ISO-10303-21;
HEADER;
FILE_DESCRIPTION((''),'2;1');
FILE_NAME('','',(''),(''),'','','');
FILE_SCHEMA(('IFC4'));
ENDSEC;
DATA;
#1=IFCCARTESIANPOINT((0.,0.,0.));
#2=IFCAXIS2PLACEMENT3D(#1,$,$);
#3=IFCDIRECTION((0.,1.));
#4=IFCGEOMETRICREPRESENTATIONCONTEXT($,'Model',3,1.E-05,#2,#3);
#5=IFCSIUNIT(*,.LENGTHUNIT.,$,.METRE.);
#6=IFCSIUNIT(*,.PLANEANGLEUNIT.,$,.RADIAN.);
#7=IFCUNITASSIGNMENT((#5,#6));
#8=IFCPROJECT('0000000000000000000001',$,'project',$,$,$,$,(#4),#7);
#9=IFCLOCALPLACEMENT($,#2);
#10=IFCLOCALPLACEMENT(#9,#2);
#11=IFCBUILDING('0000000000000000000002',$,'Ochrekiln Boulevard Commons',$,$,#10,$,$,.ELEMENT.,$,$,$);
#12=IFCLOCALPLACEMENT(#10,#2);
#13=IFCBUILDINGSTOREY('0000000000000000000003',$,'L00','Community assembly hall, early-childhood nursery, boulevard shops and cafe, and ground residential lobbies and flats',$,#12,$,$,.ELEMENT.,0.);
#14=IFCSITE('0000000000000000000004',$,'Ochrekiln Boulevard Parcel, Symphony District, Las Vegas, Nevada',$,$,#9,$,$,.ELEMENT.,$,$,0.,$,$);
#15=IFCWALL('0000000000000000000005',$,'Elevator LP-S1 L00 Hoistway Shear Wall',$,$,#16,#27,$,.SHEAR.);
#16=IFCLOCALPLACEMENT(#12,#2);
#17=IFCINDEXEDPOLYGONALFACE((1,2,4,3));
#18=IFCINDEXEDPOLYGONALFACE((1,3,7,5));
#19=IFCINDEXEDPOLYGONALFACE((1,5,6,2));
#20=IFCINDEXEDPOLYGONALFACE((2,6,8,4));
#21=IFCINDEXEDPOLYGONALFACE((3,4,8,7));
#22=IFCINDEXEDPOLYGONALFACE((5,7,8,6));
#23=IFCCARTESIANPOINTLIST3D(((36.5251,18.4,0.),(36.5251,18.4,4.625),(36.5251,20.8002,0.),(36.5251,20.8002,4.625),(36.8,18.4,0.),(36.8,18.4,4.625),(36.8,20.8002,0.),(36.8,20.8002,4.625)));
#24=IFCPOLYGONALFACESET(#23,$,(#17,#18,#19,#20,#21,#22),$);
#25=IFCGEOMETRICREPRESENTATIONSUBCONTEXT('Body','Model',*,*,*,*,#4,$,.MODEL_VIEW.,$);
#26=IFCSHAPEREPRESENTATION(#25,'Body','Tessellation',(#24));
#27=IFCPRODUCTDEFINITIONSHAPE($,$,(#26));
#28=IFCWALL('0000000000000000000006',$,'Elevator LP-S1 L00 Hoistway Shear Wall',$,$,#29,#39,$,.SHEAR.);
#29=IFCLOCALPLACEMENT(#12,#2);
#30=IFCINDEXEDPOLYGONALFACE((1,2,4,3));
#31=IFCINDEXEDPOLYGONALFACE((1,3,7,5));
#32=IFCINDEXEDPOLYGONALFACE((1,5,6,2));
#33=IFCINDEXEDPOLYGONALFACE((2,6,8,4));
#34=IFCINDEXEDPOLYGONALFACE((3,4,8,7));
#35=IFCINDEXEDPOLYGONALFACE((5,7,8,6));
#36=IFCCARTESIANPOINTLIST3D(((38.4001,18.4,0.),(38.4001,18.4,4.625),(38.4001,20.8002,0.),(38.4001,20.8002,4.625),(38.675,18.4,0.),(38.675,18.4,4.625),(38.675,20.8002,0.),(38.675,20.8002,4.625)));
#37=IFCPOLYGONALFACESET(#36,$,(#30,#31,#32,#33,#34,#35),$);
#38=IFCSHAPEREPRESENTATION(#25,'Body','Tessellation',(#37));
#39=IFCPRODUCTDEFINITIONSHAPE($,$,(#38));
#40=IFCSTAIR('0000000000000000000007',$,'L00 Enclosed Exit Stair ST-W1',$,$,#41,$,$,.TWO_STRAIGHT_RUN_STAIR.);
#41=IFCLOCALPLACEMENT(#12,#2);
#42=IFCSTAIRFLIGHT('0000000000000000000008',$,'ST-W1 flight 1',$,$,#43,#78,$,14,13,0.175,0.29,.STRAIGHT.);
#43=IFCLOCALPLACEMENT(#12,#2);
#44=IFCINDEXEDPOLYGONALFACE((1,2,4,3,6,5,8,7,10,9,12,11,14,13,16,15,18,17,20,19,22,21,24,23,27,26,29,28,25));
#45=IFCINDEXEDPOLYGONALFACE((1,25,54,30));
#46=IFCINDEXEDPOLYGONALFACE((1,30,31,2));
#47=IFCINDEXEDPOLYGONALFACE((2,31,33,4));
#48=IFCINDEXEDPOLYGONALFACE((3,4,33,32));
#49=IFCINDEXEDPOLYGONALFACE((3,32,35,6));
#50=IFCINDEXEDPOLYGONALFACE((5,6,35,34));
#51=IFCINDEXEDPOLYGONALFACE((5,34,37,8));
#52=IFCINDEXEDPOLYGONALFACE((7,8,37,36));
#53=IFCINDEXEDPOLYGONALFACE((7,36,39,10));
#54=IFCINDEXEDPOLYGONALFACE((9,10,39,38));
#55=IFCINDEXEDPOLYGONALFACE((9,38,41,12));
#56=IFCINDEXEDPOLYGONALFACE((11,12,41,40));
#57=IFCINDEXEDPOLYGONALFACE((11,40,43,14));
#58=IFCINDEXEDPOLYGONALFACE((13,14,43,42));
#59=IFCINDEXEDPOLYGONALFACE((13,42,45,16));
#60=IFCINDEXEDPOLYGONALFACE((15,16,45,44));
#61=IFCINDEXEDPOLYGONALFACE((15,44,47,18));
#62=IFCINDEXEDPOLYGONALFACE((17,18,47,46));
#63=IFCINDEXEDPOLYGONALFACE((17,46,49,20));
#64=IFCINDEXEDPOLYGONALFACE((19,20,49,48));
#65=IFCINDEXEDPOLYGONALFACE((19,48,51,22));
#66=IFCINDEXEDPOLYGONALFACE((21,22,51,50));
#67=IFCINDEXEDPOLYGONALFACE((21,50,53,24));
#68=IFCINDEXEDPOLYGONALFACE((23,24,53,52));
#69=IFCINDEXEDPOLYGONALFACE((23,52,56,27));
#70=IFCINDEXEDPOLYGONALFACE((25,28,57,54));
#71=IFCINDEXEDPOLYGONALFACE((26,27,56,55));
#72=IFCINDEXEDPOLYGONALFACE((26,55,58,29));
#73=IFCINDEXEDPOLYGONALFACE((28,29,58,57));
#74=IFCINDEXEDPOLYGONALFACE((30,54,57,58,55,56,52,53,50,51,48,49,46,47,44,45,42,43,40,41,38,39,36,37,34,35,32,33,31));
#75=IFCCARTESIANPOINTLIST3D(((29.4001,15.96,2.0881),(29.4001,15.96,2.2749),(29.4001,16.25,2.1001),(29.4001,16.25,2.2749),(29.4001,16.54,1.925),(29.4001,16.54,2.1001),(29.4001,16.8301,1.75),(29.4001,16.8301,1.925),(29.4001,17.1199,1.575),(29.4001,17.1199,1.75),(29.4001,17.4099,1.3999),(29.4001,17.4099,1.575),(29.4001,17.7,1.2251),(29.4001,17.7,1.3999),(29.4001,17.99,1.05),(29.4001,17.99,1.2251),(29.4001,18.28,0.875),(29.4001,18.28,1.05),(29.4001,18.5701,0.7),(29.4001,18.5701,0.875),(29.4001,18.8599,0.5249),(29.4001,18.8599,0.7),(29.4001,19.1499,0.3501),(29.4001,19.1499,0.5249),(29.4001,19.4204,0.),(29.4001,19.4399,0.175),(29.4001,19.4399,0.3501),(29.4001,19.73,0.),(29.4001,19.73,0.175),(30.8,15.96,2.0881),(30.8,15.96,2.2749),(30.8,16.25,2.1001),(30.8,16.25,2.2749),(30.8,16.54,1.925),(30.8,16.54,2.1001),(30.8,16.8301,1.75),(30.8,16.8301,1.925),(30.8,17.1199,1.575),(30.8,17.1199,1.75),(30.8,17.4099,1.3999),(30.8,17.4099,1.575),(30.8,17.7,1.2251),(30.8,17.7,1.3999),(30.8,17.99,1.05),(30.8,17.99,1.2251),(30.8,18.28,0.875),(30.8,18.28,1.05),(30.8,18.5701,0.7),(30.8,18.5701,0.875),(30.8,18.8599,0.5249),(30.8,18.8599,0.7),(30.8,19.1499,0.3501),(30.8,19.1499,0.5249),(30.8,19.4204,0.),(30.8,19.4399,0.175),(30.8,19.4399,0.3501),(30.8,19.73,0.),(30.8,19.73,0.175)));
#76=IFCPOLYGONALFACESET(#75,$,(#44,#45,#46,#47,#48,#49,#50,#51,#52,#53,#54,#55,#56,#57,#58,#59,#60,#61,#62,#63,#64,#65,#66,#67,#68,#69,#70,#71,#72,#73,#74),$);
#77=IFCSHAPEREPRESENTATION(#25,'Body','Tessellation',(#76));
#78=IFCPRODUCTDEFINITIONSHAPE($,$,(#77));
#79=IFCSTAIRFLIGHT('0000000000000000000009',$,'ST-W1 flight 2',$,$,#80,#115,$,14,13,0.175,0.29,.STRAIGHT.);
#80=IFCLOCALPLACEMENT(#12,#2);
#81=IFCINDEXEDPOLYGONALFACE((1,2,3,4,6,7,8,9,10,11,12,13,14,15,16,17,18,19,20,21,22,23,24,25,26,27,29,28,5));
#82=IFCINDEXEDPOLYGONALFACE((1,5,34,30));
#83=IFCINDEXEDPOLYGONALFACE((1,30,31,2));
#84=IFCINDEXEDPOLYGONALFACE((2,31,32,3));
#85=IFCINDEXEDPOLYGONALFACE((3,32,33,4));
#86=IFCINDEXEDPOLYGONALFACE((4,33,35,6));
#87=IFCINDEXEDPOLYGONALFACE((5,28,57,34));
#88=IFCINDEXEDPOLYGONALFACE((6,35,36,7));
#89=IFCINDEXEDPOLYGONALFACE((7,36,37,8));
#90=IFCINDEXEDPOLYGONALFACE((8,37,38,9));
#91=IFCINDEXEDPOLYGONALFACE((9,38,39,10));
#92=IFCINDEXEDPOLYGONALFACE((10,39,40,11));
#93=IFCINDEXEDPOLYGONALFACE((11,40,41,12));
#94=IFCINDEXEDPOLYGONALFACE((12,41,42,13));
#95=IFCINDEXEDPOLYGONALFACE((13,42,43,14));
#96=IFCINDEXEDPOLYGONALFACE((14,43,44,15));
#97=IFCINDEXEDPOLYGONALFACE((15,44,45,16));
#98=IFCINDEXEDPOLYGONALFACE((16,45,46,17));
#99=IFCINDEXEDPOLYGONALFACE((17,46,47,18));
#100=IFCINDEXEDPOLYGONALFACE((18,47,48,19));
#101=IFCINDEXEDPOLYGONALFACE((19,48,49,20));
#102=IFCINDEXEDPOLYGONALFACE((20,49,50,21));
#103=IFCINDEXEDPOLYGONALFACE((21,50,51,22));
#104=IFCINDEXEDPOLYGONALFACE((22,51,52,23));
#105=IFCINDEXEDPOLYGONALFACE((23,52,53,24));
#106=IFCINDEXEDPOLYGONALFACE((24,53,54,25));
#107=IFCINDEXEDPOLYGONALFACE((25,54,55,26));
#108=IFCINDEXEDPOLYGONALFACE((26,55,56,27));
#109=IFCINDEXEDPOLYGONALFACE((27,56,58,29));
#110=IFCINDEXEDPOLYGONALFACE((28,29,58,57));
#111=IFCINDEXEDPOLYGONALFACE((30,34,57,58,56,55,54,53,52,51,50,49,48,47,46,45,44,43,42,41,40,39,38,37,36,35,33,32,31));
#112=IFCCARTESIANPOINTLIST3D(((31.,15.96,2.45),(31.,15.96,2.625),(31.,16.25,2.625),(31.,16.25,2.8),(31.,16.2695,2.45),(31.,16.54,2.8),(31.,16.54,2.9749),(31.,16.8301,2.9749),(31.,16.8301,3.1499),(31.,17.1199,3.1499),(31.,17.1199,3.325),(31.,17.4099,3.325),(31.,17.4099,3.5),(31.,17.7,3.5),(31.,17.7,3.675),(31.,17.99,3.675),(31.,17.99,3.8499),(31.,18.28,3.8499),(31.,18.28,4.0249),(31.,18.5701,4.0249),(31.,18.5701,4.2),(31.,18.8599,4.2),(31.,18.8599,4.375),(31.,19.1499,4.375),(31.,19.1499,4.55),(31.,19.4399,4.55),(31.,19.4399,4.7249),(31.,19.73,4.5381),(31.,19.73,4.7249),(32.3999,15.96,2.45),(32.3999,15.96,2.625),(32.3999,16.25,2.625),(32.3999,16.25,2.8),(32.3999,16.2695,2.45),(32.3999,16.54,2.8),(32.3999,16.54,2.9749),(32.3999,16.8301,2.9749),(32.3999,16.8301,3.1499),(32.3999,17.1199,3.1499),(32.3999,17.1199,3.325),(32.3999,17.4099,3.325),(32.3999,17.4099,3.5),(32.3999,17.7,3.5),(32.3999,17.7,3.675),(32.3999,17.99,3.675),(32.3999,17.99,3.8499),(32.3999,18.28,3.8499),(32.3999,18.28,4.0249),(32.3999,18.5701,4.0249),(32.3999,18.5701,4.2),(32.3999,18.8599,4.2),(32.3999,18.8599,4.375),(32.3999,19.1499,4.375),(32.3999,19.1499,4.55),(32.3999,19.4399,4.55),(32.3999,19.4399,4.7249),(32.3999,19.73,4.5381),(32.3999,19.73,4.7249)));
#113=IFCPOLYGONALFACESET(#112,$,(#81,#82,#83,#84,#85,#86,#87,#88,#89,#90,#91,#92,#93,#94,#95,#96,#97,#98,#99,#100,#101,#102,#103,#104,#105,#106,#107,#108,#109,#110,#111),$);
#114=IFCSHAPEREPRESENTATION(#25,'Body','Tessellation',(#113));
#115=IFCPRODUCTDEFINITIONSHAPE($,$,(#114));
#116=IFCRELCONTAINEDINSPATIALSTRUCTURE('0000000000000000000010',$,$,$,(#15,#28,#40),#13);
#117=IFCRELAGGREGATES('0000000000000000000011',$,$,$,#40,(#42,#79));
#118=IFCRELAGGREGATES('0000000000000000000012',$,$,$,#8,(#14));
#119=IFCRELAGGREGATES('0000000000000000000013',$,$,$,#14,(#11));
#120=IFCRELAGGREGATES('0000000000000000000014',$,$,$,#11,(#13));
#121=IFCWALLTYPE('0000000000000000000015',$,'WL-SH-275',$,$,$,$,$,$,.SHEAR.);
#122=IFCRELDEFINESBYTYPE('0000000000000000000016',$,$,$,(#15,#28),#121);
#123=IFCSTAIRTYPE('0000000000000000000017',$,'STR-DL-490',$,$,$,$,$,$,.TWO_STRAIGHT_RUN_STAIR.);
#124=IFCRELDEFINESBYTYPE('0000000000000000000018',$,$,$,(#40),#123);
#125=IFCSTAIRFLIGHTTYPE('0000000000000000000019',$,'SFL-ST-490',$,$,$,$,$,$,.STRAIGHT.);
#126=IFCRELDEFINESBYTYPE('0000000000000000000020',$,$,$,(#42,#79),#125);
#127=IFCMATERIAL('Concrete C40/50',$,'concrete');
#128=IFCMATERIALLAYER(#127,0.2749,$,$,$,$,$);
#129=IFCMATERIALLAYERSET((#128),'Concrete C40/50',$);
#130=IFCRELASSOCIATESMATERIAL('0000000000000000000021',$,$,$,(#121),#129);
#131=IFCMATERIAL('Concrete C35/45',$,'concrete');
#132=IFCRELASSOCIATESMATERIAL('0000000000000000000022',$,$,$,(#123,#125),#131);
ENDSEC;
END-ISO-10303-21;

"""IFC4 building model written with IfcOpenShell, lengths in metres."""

from ifc_helpers import new_model, si_unit, direction, frame, frame_2d, origin, place, context, subcontext, project, spatial, polyline, rectangle, outline, extrude, material, layer, layer_set, type_object, element, aggregate, save


model = new_model("IFC4")

# Units and contexts
model_context = context("Model", 3, precision=1e-05, world=origin(), true_north=direction((0.0, 1.0)))
body_context = subcontext(model_context, "Body", "Model", "MODEL_VIEW")
ifc_project = project(units=[si_unit("LENGTHUNIT", "METRE"), si_unit("PLANEANGLEUNIT", "RADIAN")], contexts=[model_context])

# Site, building, storey
site_placement = place(None, origin())
site = spatial("IfcSite", under=ifc_project, at=site_placement, Name="Ochrekiln Boulevard Parcel, Symphony District, Las Vegas, Nevada", CompositionType="ELEMENT", RefElevation=0.0)
building_placement = place(site_placement, origin())
building = spatial("IfcBuilding", under=site, at=building_placement, Name="Ochrekiln Boulevard Commons", CompositionType="ELEMENT")
storey_placement = place(building_placement, origin())
storey = spatial("IfcBuildingStorey", under=building, at=storey_placement, Name="L00", Description="Community assembly hall, early-childhood nursery, boulevard shops and cafe, and ground residential lobbies and flats", CompositionType="ELEMENT", Elevation=0.0)

# Shared definitions
ifc_material_1 = material(Name="Concrete C35/45", Category="concrete")

# Shared definitions
ifc_material_2 = material(Name="Concrete C40/50", Category="concrete")
ifc_layer_1 = layer(ifc_material_2, 0.2749)
ifc_layer_set_1 = layer_set([ifc_layer_1], Name="Concrete C40/50")
wall_type_1 = type_object("IfcWallType", Name="WL-SH-275", PredefinedType="SHEAR", material=ifc_layer_set_1)

# Walls
for number, where, z_axis, x_axis, name in (
    (1, (36.6626, 18.3999, 0.0), (0.0, 0.0, 1.0), (0.0, 1.0, 0.0), "Elevator LP-S1 L00 Hoistway Shear Wall"),
    (2, (38.5376, 18.3999, 0.0), (0.0, 0.0, 1.0), (0.0, 1.0, 0.0), "Elevator LP-S1 L00 Hoistway Shear Wall"),
):
    element("IfcWall", number, at=place(storey_placement, frame(where, z_axis=z_axis, x_axis=x_axis)), inside=storey, type_object=wall_type_1, Name=name, PredefinedType="SHEAR", context=body_context, shape_type="SweptSolid", body=[
        extrude(rectangle(XDim=2.4001, YDim=0.2749, at=frame_2d((1.2002, 0.0))), origin(), (0.0, 0.0, 1.0), 4.625),
    ])

# Stair, stair flights
stair_type = type_object("IfcStairType", Name="STR-DL-490", PredefinedType="TWO_STRAIGHT_RUN_STAIR", material=ifc_material_1)
stair_placement = place(storey_placement, origin())
stair = element("IfcStair", 3, at=stair_placement, inside=storey, type_object=stair_type, Name="L00 Enclosed Exit Stair ST-W1", PredefinedType="TWO_STRAIGHT_RUN_STAIR")
stair_flight_type = type_object("IfcStairFlightType", Name="SFL-ST-490", PredefinedType="STRAIGHT", material=ifc_material_1)
stair_flight_1_placement = place(storey_placement, frame((30.1001, 19.73, 0.0), z_axis=(0.0, 0.0, 1.0), x_axis=(0.0, -1.0, 0.0)))
stair_flight_1 = element("IfcStairFlight", 4, at=stair_flight_1_placement, type_object=stair_flight_type, Name="ST-W1 flight 1", NumberOfRisers=14, NumberOfTreads=13, PredefinedType="STRAIGHT", RiserHeight=0.175, TreadLength=0.29, context=body_context, shape_type="SweptSolid", body=[
    extrude(outline(polyline([(0.0, 0.0), (0.0, 0.175), (0.29, 0.175), (0.29, 0.3501), (0.5801, 0.3501), (0.5801, 0.5249), (0.8701, 0.5249), (0.8701, 0.7), (1.1599, 0.7), (1.1599, 0.875), (1.45, 0.875), (1.45, 1.05), (1.74, 1.05), (1.74, 1.2251), (2.03, 1.2251), (2.03, 1.3999), (2.3201, 1.3999), (2.3201, 1.575), (2.6101, 1.575), (2.6101, 1.75), (2.8999, 1.75), (2.8999, 1.925), (3.1899, 1.925), (3.1899, 2.1001), (3.48, 2.1001), (3.48, 2.2749), (3.77, 2.2749), (3.77, 2.45), (3.77, 2.0881), (0.3096, 0.0), (0.0, 0.0)])), frame((0.0, 0.7, 0.0), z_axis=(0.0, -1.0, 0.0), x_axis=(1.0, 0.0, 0.0)), (0.0, 0.0, 1.0), 1.3999),
])
stair_flight_2_placement = place(storey_placement, frame((31.7, 15.96, 2.45), z_axis=(0.0, 0.0, 1.0), x_axis=(0.0, 1.0, 0.0)))
stair_flight_2 = element("IfcStairFlight", 5, at=stair_flight_2_placement, type_object=stair_flight_type, Name="ST-W1 flight 2", NumberOfRisers=14, NumberOfTreads=13, PredefinedType="STRAIGHT", RiserHeight=0.175, TreadLength=0.29, context=body_context, shape_type="SweptSolid", body=[
    extrude(outline(polyline([(0.0, 0.0), (0.0, 0.175), (0.29, 0.175), (0.29, 0.3501), (0.5801, 0.3501), (0.5801, 0.5249), (0.8701, 0.5249), (0.8701, 0.7), (1.1599, 0.7), (1.1599, 0.875), (1.45, 0.875), (1.45, 1.05), (1.74, 1.05), (1.74, 1.2251), (2.03, 1.2251), (2.03, 1.3999), (2.3201, 1.3999), (2.3201, 1.575), (2.6101, 1.575), (2.6101, 1.75), (2.8999, 1.75), (2.8999, 1.925), (3.1899, 1.925), (3.1899, 2.1001), (3.48, 2.1001), (3.48, 2.2749), (3.77, 2.2749), (3.77, 2.45), (3.77, 2.0881), (0.3096, 0.0), (0.0, 0.0)])), frame((0.0, 0.7, 0.0), z_axis=(0.0, -1.0, 0.0), x_axis=(1.0, 0.0, 0.0)), (0.0, 0.0, 1.0), 1.3999),
])
aggregate(stair, [stair_flight_1, stair_flight_2])

save(model, "model.ifc")
